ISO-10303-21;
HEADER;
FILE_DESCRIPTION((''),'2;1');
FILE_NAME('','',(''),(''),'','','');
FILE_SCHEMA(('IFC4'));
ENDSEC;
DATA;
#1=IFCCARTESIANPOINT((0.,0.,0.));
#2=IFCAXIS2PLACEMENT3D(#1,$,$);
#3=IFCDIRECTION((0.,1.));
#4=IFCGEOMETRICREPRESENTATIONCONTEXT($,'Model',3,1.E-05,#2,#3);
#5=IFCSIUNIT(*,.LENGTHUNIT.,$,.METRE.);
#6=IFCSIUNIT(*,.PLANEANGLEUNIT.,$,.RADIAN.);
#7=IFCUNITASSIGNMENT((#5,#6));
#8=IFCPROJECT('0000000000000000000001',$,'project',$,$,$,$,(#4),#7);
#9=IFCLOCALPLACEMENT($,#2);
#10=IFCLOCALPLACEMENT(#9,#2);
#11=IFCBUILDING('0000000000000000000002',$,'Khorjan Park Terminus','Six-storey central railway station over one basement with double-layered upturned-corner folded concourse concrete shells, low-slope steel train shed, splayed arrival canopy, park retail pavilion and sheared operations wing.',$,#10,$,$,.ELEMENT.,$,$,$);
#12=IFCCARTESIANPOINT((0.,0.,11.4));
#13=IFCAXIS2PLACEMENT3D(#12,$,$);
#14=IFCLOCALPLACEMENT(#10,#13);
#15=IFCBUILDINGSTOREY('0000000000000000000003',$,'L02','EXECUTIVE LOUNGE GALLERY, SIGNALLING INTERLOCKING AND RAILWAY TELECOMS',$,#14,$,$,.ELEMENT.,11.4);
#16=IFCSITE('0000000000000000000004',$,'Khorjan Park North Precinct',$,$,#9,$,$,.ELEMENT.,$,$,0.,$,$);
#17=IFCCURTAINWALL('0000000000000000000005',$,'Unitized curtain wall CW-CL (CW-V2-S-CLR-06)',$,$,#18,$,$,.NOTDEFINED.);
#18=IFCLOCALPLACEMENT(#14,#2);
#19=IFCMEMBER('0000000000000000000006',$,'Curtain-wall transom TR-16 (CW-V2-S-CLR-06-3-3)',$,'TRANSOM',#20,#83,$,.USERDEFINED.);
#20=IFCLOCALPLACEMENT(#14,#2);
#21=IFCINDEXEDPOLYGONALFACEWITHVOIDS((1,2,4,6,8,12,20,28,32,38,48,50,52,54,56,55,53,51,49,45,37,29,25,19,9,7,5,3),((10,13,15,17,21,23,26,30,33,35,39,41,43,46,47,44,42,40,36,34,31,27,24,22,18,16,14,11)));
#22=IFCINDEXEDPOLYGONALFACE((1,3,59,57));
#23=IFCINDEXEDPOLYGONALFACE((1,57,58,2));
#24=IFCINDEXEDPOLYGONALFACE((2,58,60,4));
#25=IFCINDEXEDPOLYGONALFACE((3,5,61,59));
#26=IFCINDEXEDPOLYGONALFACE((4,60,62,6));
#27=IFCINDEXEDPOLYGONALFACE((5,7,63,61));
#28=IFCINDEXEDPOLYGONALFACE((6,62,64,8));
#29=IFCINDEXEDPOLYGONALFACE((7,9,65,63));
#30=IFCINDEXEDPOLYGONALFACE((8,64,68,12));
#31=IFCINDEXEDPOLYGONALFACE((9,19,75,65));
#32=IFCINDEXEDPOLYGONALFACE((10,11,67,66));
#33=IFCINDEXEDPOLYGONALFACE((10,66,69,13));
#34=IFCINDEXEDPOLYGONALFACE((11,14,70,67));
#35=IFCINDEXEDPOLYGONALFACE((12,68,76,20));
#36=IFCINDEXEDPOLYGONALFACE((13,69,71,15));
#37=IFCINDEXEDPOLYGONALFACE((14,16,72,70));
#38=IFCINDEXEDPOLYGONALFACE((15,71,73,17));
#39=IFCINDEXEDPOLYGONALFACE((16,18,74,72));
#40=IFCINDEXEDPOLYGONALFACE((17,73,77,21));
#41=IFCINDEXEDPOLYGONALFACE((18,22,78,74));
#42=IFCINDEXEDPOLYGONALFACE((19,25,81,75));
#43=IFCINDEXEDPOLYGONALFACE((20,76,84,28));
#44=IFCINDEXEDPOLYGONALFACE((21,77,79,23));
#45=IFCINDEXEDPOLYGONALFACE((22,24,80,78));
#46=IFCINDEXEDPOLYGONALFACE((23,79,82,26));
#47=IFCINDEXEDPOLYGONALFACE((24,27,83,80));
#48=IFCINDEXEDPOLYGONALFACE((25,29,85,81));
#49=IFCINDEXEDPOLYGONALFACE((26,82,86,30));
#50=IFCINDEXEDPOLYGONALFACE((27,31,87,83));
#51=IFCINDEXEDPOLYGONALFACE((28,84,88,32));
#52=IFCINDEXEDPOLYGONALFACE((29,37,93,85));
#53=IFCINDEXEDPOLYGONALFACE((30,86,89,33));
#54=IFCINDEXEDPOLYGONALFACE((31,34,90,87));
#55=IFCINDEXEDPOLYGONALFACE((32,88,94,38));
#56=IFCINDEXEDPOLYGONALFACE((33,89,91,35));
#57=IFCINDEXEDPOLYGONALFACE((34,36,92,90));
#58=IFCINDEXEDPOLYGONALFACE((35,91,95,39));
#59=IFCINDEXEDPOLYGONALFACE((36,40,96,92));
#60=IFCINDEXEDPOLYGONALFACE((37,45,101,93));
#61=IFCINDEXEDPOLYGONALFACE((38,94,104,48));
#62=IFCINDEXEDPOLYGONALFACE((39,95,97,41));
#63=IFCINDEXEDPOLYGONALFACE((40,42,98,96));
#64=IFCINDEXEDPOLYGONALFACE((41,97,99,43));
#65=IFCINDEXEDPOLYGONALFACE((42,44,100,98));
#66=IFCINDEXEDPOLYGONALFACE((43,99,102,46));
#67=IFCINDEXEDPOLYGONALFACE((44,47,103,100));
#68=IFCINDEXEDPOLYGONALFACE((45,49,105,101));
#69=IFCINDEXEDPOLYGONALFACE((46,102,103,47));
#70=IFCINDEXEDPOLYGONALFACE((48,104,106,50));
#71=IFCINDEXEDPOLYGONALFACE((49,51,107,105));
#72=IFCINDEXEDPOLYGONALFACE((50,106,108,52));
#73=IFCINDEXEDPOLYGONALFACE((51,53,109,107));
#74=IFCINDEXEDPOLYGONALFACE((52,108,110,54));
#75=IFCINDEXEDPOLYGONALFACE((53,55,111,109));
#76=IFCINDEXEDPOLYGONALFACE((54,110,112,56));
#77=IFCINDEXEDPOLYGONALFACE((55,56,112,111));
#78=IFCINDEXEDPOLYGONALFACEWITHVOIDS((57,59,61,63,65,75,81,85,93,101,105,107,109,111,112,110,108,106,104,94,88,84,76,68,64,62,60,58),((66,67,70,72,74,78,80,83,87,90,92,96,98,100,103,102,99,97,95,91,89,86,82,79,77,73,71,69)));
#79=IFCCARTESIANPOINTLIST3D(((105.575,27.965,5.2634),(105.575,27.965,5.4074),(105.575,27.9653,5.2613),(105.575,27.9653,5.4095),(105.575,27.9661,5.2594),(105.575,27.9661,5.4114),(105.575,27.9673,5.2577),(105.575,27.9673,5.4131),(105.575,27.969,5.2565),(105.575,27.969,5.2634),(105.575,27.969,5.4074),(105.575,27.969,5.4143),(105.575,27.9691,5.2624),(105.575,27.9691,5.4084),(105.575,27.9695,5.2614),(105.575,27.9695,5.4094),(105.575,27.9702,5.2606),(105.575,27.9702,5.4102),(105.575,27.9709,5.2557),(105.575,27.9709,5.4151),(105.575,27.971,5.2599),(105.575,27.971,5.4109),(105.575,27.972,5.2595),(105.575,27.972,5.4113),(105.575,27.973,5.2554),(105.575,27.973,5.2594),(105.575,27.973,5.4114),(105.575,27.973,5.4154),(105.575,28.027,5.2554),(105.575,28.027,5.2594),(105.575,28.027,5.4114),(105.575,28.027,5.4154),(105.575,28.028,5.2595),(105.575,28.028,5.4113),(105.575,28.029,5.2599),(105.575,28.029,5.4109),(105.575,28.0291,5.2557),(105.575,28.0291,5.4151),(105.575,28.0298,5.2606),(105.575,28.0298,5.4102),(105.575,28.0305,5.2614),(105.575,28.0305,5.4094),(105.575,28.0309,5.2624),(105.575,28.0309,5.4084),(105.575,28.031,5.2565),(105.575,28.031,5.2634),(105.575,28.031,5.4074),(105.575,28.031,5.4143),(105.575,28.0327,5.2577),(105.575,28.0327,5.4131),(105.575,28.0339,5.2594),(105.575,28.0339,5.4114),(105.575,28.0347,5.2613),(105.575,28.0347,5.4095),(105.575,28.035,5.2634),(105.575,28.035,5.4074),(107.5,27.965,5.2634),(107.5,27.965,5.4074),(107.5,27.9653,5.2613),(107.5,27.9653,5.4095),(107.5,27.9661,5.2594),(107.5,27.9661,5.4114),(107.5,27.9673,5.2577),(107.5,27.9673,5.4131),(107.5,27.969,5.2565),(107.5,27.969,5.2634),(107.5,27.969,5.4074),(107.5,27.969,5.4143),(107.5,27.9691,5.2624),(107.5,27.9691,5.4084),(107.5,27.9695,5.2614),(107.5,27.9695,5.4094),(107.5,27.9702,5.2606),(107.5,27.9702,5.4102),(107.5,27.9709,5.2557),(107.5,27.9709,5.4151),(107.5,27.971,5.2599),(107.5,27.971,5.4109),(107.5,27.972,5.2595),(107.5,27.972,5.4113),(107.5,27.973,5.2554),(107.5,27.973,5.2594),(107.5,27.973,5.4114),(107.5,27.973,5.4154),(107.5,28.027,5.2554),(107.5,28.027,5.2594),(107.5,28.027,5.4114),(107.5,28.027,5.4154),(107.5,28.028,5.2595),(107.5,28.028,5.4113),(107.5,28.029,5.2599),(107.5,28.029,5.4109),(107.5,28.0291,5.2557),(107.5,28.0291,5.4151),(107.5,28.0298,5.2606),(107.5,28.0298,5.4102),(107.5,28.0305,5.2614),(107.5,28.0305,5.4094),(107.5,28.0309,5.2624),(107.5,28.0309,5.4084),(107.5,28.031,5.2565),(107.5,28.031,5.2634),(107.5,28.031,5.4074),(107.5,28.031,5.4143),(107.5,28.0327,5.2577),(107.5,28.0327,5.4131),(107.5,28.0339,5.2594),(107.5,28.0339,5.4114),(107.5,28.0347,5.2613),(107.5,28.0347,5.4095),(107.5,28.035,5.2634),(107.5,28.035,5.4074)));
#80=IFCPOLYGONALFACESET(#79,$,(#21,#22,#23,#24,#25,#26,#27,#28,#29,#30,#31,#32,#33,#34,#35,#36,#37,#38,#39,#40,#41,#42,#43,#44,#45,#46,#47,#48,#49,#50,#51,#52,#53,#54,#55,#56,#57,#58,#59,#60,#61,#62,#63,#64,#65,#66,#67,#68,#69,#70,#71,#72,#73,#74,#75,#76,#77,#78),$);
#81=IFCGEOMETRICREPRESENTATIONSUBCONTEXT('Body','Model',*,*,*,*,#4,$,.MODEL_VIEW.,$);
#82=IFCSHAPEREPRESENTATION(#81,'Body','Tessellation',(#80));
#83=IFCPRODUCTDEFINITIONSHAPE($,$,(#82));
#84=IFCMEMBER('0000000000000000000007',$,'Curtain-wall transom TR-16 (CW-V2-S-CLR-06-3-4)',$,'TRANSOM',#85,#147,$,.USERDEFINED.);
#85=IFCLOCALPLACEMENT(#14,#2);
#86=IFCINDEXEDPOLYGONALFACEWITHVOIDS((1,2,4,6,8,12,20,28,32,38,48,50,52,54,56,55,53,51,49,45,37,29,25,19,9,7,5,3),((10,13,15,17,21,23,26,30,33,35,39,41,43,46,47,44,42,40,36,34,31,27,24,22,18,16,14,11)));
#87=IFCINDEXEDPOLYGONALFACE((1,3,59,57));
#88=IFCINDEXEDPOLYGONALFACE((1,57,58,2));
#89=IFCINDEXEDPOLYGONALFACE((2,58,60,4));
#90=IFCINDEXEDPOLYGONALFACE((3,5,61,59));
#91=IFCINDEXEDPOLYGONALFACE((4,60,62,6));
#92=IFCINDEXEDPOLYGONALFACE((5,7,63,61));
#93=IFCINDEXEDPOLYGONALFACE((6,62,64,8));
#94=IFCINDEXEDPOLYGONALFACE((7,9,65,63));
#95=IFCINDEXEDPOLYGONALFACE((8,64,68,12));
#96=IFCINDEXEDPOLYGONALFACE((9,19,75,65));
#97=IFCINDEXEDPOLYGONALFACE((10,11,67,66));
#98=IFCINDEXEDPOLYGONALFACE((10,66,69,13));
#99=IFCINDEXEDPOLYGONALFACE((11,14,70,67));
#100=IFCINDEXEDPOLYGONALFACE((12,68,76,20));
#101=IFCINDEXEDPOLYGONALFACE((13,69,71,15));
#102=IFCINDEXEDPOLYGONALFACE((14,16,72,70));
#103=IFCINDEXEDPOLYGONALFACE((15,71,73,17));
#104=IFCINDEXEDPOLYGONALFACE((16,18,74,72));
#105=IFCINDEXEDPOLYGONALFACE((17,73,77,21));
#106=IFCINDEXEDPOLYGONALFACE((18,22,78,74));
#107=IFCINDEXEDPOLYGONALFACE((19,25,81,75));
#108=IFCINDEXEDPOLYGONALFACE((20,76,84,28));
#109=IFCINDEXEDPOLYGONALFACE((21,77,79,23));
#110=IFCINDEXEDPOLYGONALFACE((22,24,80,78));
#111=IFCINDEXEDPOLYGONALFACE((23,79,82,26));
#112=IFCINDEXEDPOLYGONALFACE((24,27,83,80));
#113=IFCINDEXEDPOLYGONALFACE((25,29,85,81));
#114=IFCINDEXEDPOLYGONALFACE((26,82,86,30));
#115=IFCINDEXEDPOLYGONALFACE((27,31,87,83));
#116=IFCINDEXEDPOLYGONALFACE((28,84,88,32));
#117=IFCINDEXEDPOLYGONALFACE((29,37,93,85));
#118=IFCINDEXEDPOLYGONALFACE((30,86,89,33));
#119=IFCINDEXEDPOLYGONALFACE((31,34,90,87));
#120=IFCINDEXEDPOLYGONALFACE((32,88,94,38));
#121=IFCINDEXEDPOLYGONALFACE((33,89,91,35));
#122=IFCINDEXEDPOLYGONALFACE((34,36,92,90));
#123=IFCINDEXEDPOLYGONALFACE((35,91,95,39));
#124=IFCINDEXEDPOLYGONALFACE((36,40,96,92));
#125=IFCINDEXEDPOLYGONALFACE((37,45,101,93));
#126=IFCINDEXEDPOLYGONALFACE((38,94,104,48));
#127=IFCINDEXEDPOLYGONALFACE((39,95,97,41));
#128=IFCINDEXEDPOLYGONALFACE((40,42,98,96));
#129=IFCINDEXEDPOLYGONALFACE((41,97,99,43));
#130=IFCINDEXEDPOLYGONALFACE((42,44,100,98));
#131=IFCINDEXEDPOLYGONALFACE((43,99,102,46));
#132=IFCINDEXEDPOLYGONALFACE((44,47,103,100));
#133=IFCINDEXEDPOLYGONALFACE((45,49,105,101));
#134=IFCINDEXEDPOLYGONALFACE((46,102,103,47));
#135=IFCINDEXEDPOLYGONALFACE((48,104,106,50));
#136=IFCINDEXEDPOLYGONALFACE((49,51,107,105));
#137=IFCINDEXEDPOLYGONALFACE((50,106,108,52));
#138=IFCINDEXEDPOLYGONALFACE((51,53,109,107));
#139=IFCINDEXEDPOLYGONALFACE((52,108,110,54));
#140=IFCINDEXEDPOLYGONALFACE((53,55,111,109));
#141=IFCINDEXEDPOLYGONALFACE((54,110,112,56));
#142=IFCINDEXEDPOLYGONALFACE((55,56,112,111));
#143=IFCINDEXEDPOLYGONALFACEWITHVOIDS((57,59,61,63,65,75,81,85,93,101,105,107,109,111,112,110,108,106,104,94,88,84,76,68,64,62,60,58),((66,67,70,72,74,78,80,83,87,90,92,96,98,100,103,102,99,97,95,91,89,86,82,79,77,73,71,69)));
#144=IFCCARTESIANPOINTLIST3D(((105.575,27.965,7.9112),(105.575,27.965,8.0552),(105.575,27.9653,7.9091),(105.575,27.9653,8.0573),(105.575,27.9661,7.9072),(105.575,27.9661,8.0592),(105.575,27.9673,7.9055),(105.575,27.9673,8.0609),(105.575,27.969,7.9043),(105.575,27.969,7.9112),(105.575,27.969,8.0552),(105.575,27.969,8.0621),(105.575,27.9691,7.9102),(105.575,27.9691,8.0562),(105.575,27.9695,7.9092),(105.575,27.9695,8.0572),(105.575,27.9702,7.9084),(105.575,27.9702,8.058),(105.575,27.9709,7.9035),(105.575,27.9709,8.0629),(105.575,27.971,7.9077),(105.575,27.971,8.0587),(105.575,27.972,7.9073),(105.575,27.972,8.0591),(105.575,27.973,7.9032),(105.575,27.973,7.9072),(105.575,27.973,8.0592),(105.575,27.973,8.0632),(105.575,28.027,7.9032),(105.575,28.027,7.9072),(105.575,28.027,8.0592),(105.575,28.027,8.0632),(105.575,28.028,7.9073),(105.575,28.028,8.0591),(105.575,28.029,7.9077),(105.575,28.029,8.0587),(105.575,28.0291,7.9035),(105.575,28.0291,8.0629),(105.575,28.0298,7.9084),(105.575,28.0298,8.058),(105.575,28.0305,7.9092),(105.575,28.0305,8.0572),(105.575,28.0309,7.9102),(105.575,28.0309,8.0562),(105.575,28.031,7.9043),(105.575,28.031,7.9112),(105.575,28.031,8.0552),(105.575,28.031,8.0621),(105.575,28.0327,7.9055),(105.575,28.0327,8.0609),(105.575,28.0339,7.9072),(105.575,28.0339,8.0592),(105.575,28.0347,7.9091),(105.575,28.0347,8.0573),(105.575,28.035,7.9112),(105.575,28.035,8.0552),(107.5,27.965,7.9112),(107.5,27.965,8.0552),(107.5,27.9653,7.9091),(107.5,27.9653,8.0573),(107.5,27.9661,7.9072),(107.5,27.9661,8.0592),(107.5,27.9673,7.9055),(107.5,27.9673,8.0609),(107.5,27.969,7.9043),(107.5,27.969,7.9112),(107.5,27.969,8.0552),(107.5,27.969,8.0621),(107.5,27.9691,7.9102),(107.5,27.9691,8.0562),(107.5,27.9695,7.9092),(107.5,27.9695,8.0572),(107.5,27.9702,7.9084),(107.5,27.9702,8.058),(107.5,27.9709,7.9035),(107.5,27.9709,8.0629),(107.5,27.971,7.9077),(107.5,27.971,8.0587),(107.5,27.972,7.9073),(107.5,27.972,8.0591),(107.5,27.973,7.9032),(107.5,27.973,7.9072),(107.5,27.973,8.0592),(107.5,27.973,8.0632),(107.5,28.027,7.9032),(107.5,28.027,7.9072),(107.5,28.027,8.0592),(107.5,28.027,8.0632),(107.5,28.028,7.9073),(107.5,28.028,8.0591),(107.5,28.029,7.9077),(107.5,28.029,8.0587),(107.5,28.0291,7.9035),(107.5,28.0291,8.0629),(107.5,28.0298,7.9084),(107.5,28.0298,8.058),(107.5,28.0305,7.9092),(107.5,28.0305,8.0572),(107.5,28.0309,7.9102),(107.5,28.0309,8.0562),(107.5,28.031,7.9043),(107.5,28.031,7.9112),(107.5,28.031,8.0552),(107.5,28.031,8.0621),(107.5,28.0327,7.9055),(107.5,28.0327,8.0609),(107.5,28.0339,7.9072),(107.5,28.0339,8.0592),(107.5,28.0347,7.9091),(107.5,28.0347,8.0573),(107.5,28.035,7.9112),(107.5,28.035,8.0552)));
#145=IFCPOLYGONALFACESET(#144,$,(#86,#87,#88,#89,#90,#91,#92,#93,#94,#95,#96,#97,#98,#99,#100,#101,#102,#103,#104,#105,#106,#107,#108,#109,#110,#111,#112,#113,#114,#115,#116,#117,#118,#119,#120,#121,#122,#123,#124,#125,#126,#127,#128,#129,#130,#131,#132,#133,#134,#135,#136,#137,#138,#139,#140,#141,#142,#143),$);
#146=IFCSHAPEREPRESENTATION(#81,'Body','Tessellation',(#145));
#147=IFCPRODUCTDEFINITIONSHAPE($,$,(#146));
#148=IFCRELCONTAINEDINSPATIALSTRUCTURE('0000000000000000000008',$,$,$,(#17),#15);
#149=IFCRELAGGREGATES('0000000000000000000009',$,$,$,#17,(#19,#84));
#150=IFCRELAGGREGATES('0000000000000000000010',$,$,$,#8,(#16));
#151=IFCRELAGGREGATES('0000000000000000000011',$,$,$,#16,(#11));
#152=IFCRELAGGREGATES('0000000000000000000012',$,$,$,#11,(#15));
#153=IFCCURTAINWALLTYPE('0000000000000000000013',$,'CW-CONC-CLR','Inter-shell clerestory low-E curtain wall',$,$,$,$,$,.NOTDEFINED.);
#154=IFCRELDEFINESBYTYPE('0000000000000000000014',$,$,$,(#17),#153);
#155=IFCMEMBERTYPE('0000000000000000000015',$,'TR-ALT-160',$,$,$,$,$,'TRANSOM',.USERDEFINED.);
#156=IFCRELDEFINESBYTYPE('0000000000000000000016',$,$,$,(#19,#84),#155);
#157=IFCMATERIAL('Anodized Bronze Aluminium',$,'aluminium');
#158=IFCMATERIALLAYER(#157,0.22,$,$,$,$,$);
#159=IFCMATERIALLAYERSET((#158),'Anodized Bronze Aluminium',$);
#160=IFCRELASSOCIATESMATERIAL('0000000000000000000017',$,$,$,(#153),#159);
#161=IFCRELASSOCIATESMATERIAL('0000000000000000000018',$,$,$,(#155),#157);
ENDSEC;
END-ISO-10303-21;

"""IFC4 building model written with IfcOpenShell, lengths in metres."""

from ifc_helpers import new_model, si_unit, direction, frame, origin, origin_2d, place, context, subcontext, project, spatial, hollow_rectangle, extrude, material, layer, layer_set, material_profile, profile_set, type_object, element, aggregate, save


model = new_model("IFC4")

# Units and contexts
model_context = context("Model", 3, precision=1e-05, world=origin(), true_north=direction((0.0, 1.0)))
body_context = subcontext(model_context, "Body", "Model", "MODEL_VIEW")
ifc_project = project(units=[si_unit("LENGTHUNIT", "METRE"), si_unit("PLANEANGLEUNIT", "RADIAN")], contexts=[model_context])

# Site, building, storey
site_placement = place(None, origin())
site = spatial("IfcSite", under=ifc_project, at=site_placement, Name="Khorjan Park North Precinct", CompositionType="ELEMENT", RefElevation=0.0)
building_placement = place(site_placement, origin())
building = spatial("IfcBuilding", under=site, at=building_placement, Name="Khorjan Park Terminus", Description="Six-storey central railway station over one basement with double-layered upturned-corner folded concourse concrete shells, low-slope steel train shed, splayed arrival canopy, park retail pavilion and sheared operations wing.", CompositionType="ELEMENT")
storey_placement = place(building_placement, frame((0.0, 0.0, 11.4)))
storey = spatial("IfcBuildingStorey", under=building, at=storey_placement, Name="L02", Description="EXECUTIVE LOUNGE GALLERY, SIGNALLING INTERLOCKING AND RAILWAY TELECOMS", CompositionType="ELEMENT", Elevation=11.4)

# Curtain wall
ifc_material_1 = material(Name="Anodized Bronze Aluminium", Category="aluminium")
ifc_layer_1 = layer(ifc_material_1, 0.22)
ifc_layer_set_1 = layer_set([ifc_layer_1], Name="Anodized Bronze Aluminium")
curtain_wall_type = type_object("IfcCurtainWallType", Name="CW-CONC-CLR", Description="Inter-shell clerestory low-E curtain wall", PredefinedType="NOTDEFINED", material=ifc_layer_set_1)
curtain_wall_1_placement = place(storey_placement, origin())
curtain_wall_1 = element("IfcCurtainWall", 1, at=curtain_wall_1_placement, inside=storey, type_object=curtain_wall_type, Name="Unitized curtain wall CW-CL (CW-V2-S-CLR-06)", PredefinedType="NOTDEFINED")

# Members
ifc_material_profile_1 = material_profile(ifc_material_1, hollow_rectangle(XDim=0.07, YDim=0.16, WallThickness=0.004, InnerFilletRadius=0.004, OuterFilletRadius=0.008, at=origin_2d()), Name="ALT 70x160x4")
ifc_profile_set_1 = profile_set([ifc_material_profile_1], Name="Anodized Bronze Aluminium")
member_type_1 = type_object("IfcMemberType", Name="TR-ALT-160", ElementType="TRANSOM", PredefinedType="USERDEFINED", material=ifc_profile_set_1)
member_1_placement = place(storey_placement, frame((105.575, 28.0, 5.3354), z_axis=(1.0, 0.0, 0.0), x_axis=(0.0, 1.0, 0.0)))
member_1 = element("IfcMember", 2, at=member_1_placement, type_object=member_type_1, Name="Curtain-wall transom TR-16 (CW-V2-S-CLR-06-3-3)", ObjectType="TRANSOM", PredefinedType="USERDEFINED", context=body_context, shape_type="SweptSolid", body=[
    extrude(hollow_rectangle(XDim=0.07, YDim=0.16, WallThickness=0.004, InnerFilletRadius=0.004, OuterFilletRadius=0.008, at=origin_2d()), origin(), (0.0, 0.0, 1.0), 1.925),
])
member_2_placement = place(storey_placement, frame((105.575, 28.0, 7.9832), z_axis=(1.0, 0.0, 0.0), x_axis=(0.0, 1.0, 0.0)))
member_2 = element("IfcMember", 3, at=member_2_placement, type_object=member_type_1, Name="Curtain-wall transom TR-16 (CW-V2-S-CLR-06-3-4)", ObjectType="TRANSOM", PredefinedType="USERDEFINED", context=body_context, shape_type="SweptSolid", body=[
    extrude(hollow_rectangle(XDim=0.07, YDim=0.16, WallThickness=0.004, InnerFilletRadius=0.004, OuterFilletRadius=0.008, at=origin_2d()), origin(), (0.0, 0.0, 1.0), 1.925),
])

aggregate(curtain_wall_1, [member_1, member_2])

save(model, "model.ifc")
